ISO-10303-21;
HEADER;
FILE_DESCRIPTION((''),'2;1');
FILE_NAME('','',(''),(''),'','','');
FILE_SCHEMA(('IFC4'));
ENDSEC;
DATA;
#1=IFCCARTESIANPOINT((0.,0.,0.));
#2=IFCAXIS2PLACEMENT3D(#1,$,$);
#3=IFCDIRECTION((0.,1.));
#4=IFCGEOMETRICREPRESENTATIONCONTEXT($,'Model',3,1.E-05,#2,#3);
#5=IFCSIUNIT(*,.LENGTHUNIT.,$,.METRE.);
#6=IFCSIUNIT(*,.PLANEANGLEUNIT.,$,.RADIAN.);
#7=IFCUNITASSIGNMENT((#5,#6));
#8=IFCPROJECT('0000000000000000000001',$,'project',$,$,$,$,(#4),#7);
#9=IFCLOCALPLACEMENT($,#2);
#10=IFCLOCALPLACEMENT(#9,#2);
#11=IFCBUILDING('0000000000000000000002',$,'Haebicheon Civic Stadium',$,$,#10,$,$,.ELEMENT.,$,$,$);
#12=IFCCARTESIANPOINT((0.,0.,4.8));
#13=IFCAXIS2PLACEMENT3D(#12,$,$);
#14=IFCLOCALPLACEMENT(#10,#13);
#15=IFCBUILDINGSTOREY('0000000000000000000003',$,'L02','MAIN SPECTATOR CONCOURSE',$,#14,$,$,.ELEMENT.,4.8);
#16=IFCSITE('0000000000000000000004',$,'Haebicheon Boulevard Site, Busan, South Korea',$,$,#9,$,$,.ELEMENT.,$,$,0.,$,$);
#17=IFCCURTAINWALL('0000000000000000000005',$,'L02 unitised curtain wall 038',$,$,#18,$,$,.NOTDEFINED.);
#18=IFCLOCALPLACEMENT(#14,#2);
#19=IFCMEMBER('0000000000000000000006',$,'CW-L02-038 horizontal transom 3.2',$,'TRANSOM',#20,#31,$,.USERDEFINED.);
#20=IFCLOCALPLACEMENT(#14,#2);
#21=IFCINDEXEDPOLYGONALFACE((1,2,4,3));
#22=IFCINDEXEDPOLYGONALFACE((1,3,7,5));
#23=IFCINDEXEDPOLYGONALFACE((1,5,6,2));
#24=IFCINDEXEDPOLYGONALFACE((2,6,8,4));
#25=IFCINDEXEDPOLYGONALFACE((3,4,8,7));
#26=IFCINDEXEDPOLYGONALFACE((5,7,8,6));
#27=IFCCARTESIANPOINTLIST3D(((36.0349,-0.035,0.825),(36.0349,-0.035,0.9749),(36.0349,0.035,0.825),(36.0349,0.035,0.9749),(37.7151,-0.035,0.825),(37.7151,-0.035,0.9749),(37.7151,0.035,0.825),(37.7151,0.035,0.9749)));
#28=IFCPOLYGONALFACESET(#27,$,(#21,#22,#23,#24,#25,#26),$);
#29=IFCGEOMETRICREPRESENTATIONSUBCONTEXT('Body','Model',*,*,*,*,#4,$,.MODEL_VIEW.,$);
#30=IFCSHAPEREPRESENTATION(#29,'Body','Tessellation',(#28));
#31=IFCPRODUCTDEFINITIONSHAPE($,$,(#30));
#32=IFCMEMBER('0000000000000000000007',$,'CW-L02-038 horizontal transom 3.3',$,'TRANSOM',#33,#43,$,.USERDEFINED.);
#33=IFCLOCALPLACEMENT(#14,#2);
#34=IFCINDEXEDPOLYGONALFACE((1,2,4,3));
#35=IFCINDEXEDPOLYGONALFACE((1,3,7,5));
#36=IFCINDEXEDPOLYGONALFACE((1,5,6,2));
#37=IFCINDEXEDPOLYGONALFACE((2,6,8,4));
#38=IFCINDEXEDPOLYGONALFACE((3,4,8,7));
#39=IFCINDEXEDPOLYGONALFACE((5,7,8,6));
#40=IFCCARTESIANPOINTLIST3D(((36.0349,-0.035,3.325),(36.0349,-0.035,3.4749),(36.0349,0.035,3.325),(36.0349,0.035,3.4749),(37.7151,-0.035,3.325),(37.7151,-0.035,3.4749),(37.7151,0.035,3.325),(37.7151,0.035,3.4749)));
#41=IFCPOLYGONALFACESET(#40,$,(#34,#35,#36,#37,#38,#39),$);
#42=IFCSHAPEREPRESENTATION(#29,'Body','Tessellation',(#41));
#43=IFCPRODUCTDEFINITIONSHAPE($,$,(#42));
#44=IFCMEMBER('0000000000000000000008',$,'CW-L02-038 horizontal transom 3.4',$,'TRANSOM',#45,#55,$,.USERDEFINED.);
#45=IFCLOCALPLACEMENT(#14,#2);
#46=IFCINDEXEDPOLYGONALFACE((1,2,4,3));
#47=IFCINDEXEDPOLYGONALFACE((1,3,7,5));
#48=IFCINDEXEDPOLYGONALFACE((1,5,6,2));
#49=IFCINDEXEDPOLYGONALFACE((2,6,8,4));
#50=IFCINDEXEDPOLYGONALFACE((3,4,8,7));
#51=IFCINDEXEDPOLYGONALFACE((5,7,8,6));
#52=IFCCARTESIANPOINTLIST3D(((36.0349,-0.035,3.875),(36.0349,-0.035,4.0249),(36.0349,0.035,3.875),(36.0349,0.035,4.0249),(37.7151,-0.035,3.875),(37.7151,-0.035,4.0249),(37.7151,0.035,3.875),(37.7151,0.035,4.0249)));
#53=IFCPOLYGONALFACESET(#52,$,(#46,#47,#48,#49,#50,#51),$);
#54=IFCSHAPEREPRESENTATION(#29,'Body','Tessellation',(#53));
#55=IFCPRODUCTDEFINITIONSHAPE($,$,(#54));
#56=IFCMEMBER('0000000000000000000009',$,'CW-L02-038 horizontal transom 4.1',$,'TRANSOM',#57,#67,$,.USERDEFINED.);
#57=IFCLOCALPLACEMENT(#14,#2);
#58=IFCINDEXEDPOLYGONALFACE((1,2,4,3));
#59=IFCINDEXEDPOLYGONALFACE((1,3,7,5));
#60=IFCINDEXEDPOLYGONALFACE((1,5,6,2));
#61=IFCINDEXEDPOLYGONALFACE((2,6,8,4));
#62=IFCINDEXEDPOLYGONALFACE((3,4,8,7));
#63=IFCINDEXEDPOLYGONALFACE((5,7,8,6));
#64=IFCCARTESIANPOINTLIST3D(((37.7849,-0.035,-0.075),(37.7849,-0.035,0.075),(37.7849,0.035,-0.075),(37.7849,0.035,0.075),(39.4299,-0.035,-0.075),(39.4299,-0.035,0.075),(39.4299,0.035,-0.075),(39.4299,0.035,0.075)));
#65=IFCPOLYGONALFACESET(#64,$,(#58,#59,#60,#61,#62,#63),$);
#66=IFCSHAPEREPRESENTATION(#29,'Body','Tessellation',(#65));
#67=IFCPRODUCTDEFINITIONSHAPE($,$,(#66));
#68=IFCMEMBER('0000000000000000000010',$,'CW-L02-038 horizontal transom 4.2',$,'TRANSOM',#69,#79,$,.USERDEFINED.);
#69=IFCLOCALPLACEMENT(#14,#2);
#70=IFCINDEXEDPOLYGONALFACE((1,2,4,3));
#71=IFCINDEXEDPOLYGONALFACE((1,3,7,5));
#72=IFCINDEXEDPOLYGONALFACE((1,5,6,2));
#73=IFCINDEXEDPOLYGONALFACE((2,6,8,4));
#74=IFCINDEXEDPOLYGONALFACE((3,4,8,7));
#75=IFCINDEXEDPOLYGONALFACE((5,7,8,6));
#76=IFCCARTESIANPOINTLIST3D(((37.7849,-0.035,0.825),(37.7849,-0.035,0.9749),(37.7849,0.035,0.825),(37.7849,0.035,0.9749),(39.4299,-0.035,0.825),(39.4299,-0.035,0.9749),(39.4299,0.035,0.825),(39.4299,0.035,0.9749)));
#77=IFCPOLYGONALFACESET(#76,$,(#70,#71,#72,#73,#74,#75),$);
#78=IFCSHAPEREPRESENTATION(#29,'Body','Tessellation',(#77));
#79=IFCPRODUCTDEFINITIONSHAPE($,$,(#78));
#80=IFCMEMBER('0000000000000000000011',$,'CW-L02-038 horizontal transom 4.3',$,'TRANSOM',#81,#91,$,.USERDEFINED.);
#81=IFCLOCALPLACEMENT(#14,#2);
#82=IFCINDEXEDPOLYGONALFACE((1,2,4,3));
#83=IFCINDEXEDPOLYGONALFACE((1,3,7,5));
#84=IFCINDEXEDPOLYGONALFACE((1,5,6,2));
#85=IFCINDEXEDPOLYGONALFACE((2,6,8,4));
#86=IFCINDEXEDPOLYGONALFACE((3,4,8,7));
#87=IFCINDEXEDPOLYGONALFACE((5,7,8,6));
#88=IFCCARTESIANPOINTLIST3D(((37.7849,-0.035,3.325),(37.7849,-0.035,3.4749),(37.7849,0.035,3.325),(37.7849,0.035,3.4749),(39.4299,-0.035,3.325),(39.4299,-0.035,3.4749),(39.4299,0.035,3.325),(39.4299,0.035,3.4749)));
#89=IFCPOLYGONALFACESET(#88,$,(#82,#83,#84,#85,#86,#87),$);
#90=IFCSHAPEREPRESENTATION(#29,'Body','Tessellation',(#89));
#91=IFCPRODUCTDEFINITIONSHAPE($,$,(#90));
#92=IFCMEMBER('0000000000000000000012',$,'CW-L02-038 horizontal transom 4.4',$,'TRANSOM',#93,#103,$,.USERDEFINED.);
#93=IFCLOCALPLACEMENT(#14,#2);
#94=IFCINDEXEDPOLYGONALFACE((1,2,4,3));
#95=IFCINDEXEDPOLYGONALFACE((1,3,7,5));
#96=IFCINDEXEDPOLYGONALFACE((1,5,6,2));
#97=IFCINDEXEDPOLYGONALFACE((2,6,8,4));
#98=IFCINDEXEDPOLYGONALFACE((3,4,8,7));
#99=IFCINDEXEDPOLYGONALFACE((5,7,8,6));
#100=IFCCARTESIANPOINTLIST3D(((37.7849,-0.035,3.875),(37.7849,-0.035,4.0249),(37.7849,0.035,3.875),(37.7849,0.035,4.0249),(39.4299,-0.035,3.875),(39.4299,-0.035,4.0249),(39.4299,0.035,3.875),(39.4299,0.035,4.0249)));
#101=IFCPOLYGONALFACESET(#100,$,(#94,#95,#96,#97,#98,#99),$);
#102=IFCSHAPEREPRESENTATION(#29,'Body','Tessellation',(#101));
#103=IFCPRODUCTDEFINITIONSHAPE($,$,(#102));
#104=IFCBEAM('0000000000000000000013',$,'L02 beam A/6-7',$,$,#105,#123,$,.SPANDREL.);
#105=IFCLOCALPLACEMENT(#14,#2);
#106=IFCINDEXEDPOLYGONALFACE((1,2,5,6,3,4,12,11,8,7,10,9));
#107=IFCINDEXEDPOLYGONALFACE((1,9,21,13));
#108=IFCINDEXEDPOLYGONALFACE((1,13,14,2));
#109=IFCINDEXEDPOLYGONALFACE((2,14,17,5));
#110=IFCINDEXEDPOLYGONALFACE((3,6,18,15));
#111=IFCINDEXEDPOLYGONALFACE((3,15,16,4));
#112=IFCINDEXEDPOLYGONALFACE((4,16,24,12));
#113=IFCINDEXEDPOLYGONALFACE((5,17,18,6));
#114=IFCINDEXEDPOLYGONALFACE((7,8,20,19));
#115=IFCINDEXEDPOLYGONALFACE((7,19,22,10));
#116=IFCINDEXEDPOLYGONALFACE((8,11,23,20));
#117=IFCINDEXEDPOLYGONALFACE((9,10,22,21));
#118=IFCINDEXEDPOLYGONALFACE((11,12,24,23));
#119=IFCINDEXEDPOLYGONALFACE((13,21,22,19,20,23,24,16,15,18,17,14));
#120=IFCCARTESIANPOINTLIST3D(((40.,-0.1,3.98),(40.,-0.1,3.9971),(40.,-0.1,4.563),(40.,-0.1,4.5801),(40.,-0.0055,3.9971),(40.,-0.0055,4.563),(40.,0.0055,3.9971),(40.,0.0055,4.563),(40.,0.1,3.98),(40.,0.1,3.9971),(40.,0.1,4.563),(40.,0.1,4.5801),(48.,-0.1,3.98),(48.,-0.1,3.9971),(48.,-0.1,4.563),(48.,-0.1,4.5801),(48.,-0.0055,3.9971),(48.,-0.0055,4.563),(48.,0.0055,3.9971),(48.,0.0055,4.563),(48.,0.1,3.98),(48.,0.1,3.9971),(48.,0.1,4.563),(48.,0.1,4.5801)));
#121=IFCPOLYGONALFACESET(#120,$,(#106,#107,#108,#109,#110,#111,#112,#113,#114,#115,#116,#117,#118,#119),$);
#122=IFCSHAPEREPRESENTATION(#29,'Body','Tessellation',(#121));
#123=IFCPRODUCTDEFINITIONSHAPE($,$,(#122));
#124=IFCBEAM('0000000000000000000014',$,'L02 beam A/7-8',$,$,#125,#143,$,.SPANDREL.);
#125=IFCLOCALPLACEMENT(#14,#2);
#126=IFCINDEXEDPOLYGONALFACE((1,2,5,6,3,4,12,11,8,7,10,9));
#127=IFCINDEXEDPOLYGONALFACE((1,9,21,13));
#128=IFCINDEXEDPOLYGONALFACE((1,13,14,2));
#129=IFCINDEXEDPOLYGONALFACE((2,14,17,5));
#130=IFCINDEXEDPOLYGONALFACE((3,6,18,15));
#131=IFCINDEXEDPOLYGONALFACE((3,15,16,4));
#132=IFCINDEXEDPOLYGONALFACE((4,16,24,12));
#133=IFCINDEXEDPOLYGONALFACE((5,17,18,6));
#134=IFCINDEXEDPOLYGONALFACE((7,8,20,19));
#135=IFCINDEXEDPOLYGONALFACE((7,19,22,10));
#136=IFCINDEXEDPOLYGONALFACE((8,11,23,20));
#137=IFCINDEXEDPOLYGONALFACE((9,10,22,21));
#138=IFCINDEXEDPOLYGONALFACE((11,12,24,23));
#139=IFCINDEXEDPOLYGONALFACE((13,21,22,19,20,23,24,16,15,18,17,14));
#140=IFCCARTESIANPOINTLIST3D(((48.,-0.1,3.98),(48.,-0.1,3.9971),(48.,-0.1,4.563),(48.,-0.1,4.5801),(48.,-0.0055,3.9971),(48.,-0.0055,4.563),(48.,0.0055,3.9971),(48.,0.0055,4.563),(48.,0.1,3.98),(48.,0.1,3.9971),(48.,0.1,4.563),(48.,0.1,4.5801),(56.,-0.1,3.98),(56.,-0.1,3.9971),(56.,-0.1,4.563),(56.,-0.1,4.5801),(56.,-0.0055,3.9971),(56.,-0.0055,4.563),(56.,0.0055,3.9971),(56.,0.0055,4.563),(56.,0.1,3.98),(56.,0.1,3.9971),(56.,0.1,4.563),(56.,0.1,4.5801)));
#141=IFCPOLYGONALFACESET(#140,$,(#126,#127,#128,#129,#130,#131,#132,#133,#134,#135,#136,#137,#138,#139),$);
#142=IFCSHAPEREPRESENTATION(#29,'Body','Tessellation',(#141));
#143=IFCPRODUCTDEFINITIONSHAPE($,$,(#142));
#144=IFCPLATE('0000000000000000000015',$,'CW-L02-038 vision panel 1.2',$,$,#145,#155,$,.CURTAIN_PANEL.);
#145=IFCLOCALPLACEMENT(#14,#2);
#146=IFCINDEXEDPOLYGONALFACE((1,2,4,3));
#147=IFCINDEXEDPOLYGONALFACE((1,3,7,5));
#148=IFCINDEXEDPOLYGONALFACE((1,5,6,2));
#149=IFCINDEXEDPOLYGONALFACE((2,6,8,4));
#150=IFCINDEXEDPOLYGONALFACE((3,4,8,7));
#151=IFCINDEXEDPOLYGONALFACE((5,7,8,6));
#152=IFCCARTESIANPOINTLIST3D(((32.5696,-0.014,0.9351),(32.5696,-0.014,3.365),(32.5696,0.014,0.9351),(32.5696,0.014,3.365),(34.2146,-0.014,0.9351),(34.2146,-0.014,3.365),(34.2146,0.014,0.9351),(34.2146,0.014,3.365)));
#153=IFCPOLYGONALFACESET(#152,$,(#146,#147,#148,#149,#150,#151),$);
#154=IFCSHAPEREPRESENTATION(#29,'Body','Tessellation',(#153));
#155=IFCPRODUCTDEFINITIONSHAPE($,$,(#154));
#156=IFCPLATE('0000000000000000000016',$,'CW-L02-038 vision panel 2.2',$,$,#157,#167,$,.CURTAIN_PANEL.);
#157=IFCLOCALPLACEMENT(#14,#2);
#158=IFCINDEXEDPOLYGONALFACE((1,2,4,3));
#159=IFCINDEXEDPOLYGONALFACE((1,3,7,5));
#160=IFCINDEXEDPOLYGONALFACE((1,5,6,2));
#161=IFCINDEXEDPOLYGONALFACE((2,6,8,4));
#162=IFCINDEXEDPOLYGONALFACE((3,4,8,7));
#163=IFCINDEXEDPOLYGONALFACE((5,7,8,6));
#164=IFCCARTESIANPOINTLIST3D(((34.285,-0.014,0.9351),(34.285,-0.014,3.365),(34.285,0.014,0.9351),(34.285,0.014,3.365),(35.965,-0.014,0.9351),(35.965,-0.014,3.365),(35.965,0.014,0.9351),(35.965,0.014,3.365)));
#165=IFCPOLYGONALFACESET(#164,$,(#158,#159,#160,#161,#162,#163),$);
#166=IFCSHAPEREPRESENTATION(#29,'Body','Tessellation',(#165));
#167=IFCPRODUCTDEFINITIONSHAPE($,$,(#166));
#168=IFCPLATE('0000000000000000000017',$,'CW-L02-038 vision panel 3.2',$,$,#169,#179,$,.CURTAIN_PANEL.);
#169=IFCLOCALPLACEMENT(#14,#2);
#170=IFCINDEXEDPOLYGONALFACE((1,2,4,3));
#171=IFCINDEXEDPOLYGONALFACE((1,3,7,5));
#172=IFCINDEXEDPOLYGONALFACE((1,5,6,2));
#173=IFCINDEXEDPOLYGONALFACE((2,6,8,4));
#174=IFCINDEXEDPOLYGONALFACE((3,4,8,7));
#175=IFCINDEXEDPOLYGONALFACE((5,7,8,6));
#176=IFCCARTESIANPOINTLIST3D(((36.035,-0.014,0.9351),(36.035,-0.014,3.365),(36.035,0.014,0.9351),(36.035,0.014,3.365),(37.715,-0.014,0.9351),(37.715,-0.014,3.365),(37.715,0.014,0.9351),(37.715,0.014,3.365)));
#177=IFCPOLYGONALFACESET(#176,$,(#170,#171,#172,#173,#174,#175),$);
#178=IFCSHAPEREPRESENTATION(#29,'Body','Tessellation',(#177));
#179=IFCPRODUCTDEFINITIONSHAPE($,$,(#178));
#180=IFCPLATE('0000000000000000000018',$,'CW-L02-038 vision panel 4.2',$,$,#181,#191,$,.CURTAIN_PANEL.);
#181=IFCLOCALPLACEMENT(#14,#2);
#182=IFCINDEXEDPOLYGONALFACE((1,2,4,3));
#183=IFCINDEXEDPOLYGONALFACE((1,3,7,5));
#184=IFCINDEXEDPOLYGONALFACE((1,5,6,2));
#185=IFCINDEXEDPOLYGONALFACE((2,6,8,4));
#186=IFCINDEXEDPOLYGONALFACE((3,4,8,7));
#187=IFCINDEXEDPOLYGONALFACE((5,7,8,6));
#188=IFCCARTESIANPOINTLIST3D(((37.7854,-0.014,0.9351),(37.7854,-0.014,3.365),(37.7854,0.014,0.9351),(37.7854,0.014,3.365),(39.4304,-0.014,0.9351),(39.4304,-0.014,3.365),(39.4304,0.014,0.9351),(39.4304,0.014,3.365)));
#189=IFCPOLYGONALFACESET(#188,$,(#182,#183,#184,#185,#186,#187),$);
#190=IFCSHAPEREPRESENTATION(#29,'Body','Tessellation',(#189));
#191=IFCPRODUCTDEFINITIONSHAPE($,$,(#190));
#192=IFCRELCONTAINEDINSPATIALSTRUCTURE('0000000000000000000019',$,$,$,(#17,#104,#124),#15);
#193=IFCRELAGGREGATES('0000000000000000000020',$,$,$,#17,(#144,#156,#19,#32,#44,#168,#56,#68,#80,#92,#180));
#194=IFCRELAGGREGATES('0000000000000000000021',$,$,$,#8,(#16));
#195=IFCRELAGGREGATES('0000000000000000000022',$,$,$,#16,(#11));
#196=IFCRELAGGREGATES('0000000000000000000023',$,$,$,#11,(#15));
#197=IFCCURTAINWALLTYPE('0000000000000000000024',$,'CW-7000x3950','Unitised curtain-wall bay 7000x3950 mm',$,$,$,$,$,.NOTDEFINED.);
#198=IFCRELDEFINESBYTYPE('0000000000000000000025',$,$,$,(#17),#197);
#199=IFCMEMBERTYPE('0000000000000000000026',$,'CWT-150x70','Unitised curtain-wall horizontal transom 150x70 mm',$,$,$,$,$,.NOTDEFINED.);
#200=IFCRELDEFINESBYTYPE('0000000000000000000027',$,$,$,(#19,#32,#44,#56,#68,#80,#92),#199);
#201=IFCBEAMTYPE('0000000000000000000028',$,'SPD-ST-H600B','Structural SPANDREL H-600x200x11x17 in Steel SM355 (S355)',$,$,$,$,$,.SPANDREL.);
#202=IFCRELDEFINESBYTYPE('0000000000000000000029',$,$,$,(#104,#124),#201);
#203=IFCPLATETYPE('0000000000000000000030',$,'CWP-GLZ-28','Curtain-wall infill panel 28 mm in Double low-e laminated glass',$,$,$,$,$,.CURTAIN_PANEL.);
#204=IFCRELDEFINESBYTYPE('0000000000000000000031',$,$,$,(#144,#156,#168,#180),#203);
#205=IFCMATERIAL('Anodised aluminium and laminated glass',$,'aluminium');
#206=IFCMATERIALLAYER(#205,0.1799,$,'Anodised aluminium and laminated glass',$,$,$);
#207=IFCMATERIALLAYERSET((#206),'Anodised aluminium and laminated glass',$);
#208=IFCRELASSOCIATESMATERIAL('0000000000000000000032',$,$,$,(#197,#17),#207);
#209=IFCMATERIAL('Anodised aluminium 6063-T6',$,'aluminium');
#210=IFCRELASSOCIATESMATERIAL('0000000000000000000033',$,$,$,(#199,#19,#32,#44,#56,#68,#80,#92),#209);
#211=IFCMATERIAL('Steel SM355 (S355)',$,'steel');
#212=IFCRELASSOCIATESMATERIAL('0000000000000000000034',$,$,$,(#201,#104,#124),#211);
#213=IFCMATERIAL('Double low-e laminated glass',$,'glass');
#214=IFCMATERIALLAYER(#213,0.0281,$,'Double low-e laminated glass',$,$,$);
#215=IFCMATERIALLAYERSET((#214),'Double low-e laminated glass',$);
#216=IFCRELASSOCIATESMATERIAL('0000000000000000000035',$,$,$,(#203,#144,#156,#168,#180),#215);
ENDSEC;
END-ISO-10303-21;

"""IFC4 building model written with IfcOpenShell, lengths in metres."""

from ifc_helpers import new_model, si_unit, direction, frame, origin, origin_2d, place, context, subcontext, project, spatial, rectangle, i_section, extrude, material, layer, layer_set, material_profile, profile_set, type_object, element, aggregate, save


model = new_model("IFC4")

# Units and contexts
model_context = context("Model", 3, precision=1e-05, world=origin(), true_north=direction((0.0, 1.0)))
body_context = subcontext(model_context, "Body", "Model", "MODEL_VIEW")
ifc_project = project(units=[si_unit("LENGTHUNIT", "METRE"), si_unit("PLANEANGLEUNIT", "RADIAN")], contexts=[model_context])

# Site, building, storey
site_placement = place(None, origin())
site = spatial("IfcSite", under=ifc_project, at=site_placement, Name="Haebicheon Boulevard Site, Busan, South Korea", CompositionType="ELEMENT", RefElevation=0.0)
building_placement = place(site_placement, origin())
building = spatial("IfcBuilding", under=site, at=building_placement, Name="Haebicheon Civic Stadium", CompositionType="ELEMENT")
storey_placement = place(building_placement, frame((0.0, 0.0, 4.8)))
storey = spatial("IfcBuildingStorey", under=building, at=storey_placement, Name="L02", Description="MAIN SPECTATOR CONCOURSE", CompositionType="ELEMENT", Elevation=4.8)

# Curtain wall, members
ifc_material_1 = material(Name="Anodised aluminium and laminated glass", Category="aluminium")
ifc_layer_1 = layer(ifc_material_1, 0.1799, Name="Anodised aluminium and laminated glass")
ifc_layer_set_1 = layer_set([ifc_layer_1], Name="Anodised aluminium and laminated glass")
curtain_wall_type = type_object("IfcCurtainWallType", Name="CW-7000x3950", Description="Unitised curtain-wall bay 7000x3950 mm", PredefinedType="NOTDEFINED", material=ifc_layer_set_1)
curtain_wall_placement = place(storey_placement, origin())
curtain_wall = element("IfcCurtainWall", 1, at=curtain_wall_placement, inside=storey, type_object=curtain_wall_type, material=ifc_layer_set_1, Name="L02 unitised curtain wall 038", PredefinedType="NOTDEFINED")
ifc_material_2 = material(Name="Anodised aluminium 6063-T6", Category="aluminium")
ifc_material_profile_1 = material_profile(ifc_material_2, rectangle(XDim=0.0701, YDim=0.1499, at=origin_2d()), Name="ALU-TRAN-70x150")
ifc_profile_set_1 = profile_set([ifc_material_profile_1], Name="Anodised aluminium 6063-T6")
member_type_1 = type_object("IfcMemberType", Name="CWT-150x70", Description="Unitised curtain-wall horizontal transom 150x70 mm", PredefinedType="NOTDEFINED", material=ifc_profile_set_1)
member_1_placement = place(storey_placement, frame((36.0349, 0.0, 0.8999), z_axis=(1.0, 0.0, 0.0), x_axis=(0.0, 1.0, 0.0)))
member_1 = element("IfcMember", 2, at=member_1_placement, type_object=member_type_1, material=ifc_profile_set_1, Name="CW-L02-038 horizontal transom 3.2", ObjectType="TRANSOM", PredefinedType="USERDEFINED", context=body_context, shape_type="SweptSolid", body=[
    extrude(rectangle(XDim=0.0701, YDim=0.1499, at=origin_2d()), origin(), (0.0, 0.0, 1.0), 1.6802),
])
member_2_placement = place(storey_placement, frame((36.0349, 0.0, 3.3999), z_axis=(1.0, 0.0, 0.0), x_axis=(0.0, 1.0, 0.0)))
member_2 = element("IfcMember", 3, at=member_2_placement, type_object=member_type_1, material=ifc_profile_set_1, Name="CW-L02-038 horizontal transom 3.3", ObjectType="TRANSOM", PredefinedType="USERDEFINED", context=body_context, shape_type="SweptSolid", body=[
    extrude(rectangle(XDim=0.0701, YDim=0.1499, at=origin_2d()), origin(), (0.0, 0.0, 1.0), 1.6802),
])
member_3_placement = place(storey_placement, frame((36.0349, 0.0, 3.95), z_axis=(1.0, 0.0, 0.0), x_axis=(0.0, 1.0, 0.0)))
member_3 = element("IfcMember", 4, at=member_3_placement, type_object=member_type_1, material=ifc_profile_set_1, Name="CW-L02-038 horizontal transom 3.4", ObjectType="TRANSOM", PredefinedType="USERDEFINED", context=body_context, shape_type="SweptSolid", body=[
    extrude(rectangle(XDim=0.0701, YDim=0.1499, at=origin_2d()), origin(), (0.0, 0.0, 1.0), 1.6802),
])
member_4_placement = place(storey_placement, frame((37.7849, 0.0, 0.0), z_axis=(1.0, 0.0, 0.0), x_axis=(0.0, 1.0, 0.0)))
member_4 = element("IfcMember", 5, at=member_4_placement, type_object=member_type_1, material=ifc_profile_set_1, Name="CW-L02-038 horizontal transom 4.1", ObjectType="TRANSOM", PredefinedType="USERDEFINED", context=body_context, shape_type="SweptSolid", body=[
    extrude(rectangle(XDim=0.0701, YDim=0.1499, at=origin_2d()), origin(), (0.0, 0.0, 1.0), 1.645),
])
member_5_placement = place(storey_placement, frame((37.7849, 0.0, 0.8999), z_axis=(1.0, 0.0, 0.0), x_axis=(0.0, 1.0, 0.0)))
member_5 = element("IfcMember", 6, at=member_5_placement, type_object=member_type_1, material=ifc_profile_set_1, Name="CW-L02-038 horizontal transom 4.2", ObjectType="TRANSOM", PredefinedType="USERDEFINED", context=body_context, shape_type="SweptSolid", body=[
    extrude(rectangle(XDim=0.0701, YDim=0.1499, at=origin_2d()), origin(), (0.0, 0.0, 1.0), 1.645),
])
member_6_placement = place(storey_placement, frame((37.7849, 0.0, 3.3999), z_axis=(1.0, 0.0, 0.0), x_axis=(0.0, 1.0, 0.0)))
member_6 = element("IfcMember", 7, at=member_6_placement, type_object=member_type_1, material=ifc_profile_set_1, Name="CW-L02-038 horizontal transom 4.3", ObjectType="TRANSOM", PredefinedType="USERDEFINED", context=body_context, shape_type="SweptSolid", body=[
    extrude(rectangle(XDim=0.0701, YDim=0.1499, at=origin_2d()), origin(), (0.0, 0.0, 1.0), 1.645),
])
member_7_placement = place(storey_placement, frame((37.7849, 0.0, 3.95), z_axis=(1.0, 0.0, 0.0), x_axis=(0.0, 1.0, 0.0)))
member_7 = element("IfcMember", 8, at=member_7_placement, type_object=member_type_1, material=ifc_profile_set_1, Name="CW-L02-038 horizontal transom 4.4", ObjectType="TRANSOM", PredefinedType="USERDEFINED", context=body_context, shape_type="SweptSolid", body=[
    extrude(rectangle(XDim=0.0701, YDim=0.1499, at=origin_2d()), origin(), (0.0, 0.0, 1.0), 1.645),
])

# Beams
ifc_material_3 = material(Name="Steel SM355 (S355)", Category="steel")
ifc_material_profile_2 = material_profile(ifc_material_3, i_section(OverallWidth=0.2, OverallDepth=0.6001, WebThickness=0.011, FlangeThickness=0.0171, at=origin_2d()), Name="H-600x200x11x17")
ifc_profile_set_2 = profile_set([ifc_material_profile_2], Name="Steel SM355 (S355)")
beam_type_1 = type_object("IfcBeamType", Name="SPD-ST-H600B", Description="Structural SPANDREL H-600x200x11x17 in Steel SM355 (S355)", PredefinedType="SPANDREL", material=ifc_profile_set_2)
for number, where, z_axis, x_axis, name in (
    (9, (40.0, 0.0, 4.28), (1.0, 0.0, 0.0), (0.0, 1.0, 0.0), "L02 beam A/6-7"),
    (10, (48.0, 0.0, 4.28), (1.0, 0.0, 0.0), (0.0, 1.0, 0.0), "L02 beam A/7-8"),
):
    element("IfcBeam", number, at=place(storey_placement, frame(where, z_axis=z_axis, x_axis=x_axis)), inside=storey, type_object=beam_type_1, material=ifc_profile_set_2, Name=name, PredefinedType="SPANDREL", context=body_context, shape_type="SweptSolid", body=[
        extrude(i_section(OverallWidth=0.2, OverallDepth=0.6001, WebThickness=0.011, FlangeThickness=0.0171, at=origin_2d()), origin(), (0.0, 0.0, 1.0), 8.0),
    ])

# Plates
ifc_material_4 = material(Name="Double low-e laminated glass", Category="glass")
ifc_layer_2 = layer(ifc_material_4, 0.0281, Name="Double low-e laminated glass")
ifc_layer_set_2 = layer_set([ifc_layer_2], Name="Double low-e laminated glass")
plate_type_1 = type_object("IfcPlateType", Name="CWP-GLZ-28", Description="Curtain-wall infill panel 28 mm in Double low-e laminated glass", PredefinedType="CURTAIN_PANEL", material=ifc_layer_set_2)
plate_1_placement = place(storey_placement, frame((33.3921, 0.0, 0.9351), z_axis=(0.0, 0.0, 1.0), x_axis=(1.0, 0.0, 0.0)))
plate_1 = element("IfcPlate", 11, at=plate_1_placement, type_object=plate_type_1, material=ifc_layer_set_2, Name="CW-L02-038 vision panel 1.2", PredefinedType="CURTAIN_PANEL", context=body_context, shape_type="SweptSolid", body=[
    extrude(rectangle(XDim=1.645, YDim=0.0281, at=origin_2d()), origin(), (0.0, 0.0, 1.0), 2.4299),
])
plate_2_placement = place(storey_placement, frame((35.125, 0.0, 0.9351), z_axis=(0.0, 0.0, 1.0), x_axis=(1.0, 0.0, 0.0)))
plate_2 = element("IfcPlate", 12, at=plate_2_placement, type_object=plate_type_1, material=ifc_layer_set_2, Name="CW-L02-038 vision panel 2.2", PredefinedType="CURTAIN_PANEL", context=body_context, shape_type="SweptSolid", body=[
    extrude(rectangle(XDim=1.6799, YDim=0.0281, at=origin_2d()), origin(), (0.0, 0.0, 1.0), 2.4299),
])
plate_3_placement = place(storey_placement, frame((36.875, 0.0, 0.9351), z_axis=(0.0, 0.0, 1.0), x_axis=(1.0, 0.0, 0.0)))
plate_3 = element("IfcPlate", 13, at=plate_3_placement, type_object=plate_type_1, material=ifc_layer_set_2, Name="CW-L02-038 vision panel 3.2", PredefinedType="CURTAIN_PANEL", context=body_context, shape_type="SweptSolid", body=[
    extrude(rectangle(XDim=1.6799, YDim=0.0281, at=origin_2d()), origin(), (0.0, 0.0, 1.0), 2.4299),
])
plate_4_placement = place(storey_placement, frame((38.6079, 0.0, 0.9351), z_axis=(0.0, 0.0, 1.0), x_axis=(1.0, 0.0, 0.0)))
plate_4 = element("IfcPlate", 14, at=plate_4_placement, type_object=plate_type_1, material=ifc_layer_set_2, Name="CW-L02-038 vision panel 4.2", PredefinedType="CURTAIN_PANEL", context=body_context, shape_type="SweptSolid", body=[
    extrude(rectangle(XDim=1.645, YDim=0.0281, at=origin_2d()), origin(), (0.0, 0.0, 1.0), 2.4299),
])
aggregate(curtain_wall, [plate_1, plate_2, member_1, member_2, member_3, plate_3, member_4, member_5, member_6, member_7, plate_4])

save(model, "model.ifc")
